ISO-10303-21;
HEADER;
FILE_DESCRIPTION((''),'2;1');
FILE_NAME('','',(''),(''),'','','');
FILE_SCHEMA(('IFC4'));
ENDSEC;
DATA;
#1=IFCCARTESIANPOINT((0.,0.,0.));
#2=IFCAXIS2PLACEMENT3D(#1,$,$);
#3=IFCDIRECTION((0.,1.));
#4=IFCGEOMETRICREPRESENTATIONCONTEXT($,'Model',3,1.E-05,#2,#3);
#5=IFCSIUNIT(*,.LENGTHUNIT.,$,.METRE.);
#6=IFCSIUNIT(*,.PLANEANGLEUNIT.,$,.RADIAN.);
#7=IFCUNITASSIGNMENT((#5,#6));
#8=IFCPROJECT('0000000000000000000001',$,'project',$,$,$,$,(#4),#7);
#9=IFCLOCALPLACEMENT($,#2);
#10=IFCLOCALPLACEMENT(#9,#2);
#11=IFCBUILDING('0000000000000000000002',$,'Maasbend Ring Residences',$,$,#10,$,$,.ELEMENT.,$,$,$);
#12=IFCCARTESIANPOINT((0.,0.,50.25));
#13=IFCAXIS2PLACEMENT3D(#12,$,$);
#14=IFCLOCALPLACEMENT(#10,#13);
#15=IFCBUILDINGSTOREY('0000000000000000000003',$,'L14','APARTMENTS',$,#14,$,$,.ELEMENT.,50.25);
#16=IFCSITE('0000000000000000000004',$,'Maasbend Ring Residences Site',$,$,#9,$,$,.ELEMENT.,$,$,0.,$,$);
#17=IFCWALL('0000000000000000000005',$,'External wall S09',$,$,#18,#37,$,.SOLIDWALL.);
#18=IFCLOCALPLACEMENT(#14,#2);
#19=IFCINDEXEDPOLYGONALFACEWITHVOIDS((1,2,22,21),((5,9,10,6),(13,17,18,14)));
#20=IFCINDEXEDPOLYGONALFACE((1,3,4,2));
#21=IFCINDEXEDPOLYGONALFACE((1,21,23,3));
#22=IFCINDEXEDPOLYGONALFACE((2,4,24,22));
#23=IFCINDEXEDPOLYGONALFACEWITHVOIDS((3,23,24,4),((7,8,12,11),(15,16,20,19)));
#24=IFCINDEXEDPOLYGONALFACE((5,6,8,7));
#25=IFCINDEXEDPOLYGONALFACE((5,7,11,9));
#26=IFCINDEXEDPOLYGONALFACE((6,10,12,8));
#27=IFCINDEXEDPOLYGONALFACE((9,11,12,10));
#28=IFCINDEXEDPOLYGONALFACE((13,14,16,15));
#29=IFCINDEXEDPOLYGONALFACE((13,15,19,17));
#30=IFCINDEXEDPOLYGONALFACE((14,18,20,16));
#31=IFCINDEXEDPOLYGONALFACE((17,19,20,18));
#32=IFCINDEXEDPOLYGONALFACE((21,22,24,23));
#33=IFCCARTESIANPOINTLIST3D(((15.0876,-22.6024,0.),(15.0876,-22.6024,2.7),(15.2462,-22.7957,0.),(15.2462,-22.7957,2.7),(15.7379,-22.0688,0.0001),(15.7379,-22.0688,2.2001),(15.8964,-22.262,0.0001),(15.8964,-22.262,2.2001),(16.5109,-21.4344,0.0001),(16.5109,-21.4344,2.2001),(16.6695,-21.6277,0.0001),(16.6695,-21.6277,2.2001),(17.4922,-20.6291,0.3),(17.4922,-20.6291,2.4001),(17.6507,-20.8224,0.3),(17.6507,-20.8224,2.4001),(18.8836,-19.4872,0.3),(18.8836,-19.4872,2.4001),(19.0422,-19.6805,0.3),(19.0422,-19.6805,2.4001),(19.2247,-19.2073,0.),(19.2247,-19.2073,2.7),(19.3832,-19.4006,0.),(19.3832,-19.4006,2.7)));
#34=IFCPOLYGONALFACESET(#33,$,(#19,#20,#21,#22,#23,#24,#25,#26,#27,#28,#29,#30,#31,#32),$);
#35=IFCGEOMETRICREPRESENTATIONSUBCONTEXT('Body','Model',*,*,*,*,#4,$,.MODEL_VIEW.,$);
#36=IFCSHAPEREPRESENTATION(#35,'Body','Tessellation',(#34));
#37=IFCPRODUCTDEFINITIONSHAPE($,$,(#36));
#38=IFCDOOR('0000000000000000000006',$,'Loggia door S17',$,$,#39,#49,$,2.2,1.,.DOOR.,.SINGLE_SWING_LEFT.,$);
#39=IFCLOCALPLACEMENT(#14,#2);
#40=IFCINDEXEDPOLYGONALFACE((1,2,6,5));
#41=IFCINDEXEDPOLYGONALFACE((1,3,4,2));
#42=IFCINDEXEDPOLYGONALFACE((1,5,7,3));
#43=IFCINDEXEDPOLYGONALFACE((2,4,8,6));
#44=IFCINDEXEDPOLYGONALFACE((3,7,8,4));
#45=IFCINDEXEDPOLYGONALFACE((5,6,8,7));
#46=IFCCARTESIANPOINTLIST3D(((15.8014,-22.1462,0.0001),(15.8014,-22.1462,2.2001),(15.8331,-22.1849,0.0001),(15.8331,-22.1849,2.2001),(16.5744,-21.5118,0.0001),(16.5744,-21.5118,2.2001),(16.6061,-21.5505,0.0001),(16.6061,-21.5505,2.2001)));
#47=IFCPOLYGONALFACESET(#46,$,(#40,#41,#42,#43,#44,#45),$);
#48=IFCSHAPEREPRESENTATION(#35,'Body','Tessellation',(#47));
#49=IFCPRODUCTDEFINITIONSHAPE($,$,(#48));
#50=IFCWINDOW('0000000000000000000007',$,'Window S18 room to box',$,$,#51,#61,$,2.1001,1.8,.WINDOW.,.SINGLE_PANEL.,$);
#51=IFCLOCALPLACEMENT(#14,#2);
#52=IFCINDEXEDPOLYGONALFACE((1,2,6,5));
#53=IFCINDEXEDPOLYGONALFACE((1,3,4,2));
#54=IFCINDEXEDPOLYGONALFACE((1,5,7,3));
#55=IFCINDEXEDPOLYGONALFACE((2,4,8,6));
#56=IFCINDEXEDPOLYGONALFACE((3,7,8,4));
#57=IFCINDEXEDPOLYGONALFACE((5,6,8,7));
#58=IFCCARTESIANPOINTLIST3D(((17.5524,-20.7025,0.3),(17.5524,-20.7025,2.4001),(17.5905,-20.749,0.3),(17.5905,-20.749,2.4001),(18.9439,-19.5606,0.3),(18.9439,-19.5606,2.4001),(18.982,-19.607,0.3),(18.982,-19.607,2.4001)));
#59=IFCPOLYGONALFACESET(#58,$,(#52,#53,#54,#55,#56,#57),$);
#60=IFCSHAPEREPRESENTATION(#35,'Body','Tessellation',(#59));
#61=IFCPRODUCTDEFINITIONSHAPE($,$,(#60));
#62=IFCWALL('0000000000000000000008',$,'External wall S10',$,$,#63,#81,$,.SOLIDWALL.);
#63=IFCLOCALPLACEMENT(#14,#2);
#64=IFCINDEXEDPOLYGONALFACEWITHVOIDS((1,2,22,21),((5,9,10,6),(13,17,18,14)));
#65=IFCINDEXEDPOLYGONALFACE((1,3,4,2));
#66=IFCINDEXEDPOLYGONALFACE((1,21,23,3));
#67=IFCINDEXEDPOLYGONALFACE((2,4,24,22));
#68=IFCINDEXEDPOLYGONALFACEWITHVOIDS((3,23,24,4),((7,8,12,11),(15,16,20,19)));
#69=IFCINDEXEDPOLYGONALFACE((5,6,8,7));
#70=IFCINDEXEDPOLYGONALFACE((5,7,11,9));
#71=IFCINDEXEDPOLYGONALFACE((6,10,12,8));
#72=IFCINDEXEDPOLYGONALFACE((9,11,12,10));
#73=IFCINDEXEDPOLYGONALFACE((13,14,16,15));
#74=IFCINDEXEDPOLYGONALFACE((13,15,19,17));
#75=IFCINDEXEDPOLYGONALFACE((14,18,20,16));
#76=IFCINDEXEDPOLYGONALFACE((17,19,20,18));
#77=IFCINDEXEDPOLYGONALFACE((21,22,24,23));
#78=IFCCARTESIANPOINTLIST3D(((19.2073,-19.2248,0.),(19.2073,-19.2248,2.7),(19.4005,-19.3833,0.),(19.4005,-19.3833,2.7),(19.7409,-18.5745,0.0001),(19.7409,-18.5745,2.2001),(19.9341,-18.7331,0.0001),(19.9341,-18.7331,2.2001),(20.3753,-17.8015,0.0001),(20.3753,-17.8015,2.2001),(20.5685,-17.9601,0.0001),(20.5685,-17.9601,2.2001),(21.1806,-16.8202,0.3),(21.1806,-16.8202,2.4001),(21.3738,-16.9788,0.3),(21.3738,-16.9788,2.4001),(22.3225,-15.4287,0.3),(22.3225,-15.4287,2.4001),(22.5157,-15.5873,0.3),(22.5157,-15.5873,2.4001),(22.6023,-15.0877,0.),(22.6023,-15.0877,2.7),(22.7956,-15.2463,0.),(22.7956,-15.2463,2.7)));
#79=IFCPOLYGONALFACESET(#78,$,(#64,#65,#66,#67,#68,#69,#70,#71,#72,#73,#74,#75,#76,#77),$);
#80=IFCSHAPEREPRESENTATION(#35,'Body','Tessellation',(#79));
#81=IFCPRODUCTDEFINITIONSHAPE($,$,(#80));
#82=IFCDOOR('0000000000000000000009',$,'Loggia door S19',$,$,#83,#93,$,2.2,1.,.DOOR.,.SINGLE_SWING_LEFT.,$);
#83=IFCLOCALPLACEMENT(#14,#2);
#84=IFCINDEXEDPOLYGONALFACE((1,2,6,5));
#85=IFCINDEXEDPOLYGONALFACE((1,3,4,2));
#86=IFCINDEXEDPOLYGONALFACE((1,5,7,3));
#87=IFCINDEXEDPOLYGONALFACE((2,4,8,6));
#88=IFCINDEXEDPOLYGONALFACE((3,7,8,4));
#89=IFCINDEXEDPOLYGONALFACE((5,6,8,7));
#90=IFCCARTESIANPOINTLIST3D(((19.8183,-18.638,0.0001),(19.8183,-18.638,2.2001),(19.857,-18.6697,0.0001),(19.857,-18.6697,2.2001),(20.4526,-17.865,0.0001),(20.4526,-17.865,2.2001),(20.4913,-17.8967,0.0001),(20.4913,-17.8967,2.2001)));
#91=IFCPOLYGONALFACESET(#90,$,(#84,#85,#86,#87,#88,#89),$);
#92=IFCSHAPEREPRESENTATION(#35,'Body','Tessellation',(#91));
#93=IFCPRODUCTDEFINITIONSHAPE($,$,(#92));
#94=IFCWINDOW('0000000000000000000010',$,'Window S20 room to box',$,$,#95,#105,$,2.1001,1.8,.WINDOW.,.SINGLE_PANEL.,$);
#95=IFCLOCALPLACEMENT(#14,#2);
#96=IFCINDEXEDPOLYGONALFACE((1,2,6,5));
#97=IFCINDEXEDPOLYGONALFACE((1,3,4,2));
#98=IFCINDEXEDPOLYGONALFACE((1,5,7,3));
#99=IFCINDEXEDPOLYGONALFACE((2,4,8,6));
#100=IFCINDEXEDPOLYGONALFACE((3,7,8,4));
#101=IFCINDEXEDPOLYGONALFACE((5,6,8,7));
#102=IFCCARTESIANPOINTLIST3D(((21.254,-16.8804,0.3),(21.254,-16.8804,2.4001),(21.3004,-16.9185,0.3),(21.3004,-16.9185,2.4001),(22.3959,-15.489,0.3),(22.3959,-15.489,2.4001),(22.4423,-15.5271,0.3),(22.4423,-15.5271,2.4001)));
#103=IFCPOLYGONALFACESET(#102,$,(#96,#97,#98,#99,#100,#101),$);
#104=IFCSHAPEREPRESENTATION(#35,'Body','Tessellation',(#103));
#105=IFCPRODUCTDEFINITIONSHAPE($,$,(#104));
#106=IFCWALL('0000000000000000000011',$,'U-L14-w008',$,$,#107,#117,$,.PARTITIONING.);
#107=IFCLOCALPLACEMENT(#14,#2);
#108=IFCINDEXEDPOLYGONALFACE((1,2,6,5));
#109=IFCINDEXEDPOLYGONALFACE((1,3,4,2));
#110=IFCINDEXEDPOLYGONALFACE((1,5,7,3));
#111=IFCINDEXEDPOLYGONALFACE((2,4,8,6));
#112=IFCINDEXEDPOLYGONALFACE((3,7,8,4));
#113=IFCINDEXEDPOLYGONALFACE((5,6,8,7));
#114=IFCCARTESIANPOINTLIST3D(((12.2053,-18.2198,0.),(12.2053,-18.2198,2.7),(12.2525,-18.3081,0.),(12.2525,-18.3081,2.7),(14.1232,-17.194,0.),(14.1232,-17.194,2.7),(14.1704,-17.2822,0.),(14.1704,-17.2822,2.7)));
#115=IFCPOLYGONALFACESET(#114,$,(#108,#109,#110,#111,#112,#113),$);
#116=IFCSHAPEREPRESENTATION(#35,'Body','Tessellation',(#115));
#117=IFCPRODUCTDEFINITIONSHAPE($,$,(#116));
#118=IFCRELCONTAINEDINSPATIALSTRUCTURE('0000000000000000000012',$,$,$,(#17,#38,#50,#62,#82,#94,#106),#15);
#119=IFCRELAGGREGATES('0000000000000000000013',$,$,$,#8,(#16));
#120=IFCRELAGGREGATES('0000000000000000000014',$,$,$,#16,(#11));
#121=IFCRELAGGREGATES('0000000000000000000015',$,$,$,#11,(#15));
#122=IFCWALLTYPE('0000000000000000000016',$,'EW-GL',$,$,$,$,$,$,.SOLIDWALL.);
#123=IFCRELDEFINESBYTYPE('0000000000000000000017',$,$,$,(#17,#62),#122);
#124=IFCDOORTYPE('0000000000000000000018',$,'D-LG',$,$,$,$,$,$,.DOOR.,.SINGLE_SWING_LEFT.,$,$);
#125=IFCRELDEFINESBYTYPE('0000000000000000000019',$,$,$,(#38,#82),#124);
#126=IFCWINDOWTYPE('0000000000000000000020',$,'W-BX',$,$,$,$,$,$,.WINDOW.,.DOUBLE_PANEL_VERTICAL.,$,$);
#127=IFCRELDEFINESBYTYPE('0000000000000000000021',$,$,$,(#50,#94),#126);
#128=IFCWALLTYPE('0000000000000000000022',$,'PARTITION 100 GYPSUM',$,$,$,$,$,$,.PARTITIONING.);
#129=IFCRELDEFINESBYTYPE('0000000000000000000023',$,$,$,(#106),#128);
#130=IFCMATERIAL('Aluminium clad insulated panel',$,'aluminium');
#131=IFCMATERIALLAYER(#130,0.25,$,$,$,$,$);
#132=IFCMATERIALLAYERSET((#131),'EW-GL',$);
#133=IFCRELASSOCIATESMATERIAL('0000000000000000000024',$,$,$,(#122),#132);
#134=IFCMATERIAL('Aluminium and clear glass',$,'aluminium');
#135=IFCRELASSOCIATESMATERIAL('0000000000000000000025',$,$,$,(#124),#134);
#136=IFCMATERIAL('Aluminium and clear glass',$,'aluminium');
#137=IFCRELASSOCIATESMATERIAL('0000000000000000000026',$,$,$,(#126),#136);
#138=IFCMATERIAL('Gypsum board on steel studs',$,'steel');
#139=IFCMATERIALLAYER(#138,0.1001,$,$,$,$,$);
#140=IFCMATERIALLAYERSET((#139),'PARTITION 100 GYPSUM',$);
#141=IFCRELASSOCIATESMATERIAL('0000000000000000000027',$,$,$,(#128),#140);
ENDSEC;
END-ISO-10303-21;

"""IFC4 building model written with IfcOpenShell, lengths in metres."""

from ifc_helpers import new_model, si_unit, direction, frame, frame_2d, origin, place, context, subcontext, project, spatial, rectangle, extrude, material, layer, layer_set, type_object, element, fill, save


model = new_model("IFC4")

# Units and contexts
model_context = context("Model", 3, precision=1e-05, world=origin(), true_north=direction((0.0, 1.0)))
body_context = subcontext(model_context, "Body", "Model", "MODEL_VIEW")
ifc_project = project(units=[si_unit("LENGTHUNIT", "METRE"), si_unit("PLANEANGLEUNIT", "RADIAN")], contexts=[model_context])

# Site, building, storey
site_placement = place(None, origin())
site = spatial("IfcSite", under=ifc_project, at=site_placement, Name="Maasbend Ring Residences Site", CompositionType="ELEMENT", RefElevation=0.0)
building_placement = place(site_placement, origin())
building = spatial("IfcBuilding", under=site, at=building_placement, Name="Maasbend Ring Residences", CompositionType="ELEMENT")
storey_placement = place(building_placement, frame((0.0, 0.0, 50.25)))
storey = spatial("IfcBuildingStorey", under=building, at=storey_placement, Name="L14", Description="APARTMENTS", CompositionType="ELEMENT", Elevation=50.25)

# Walls, openings, doors, windows
ifc_material_1 = material(Name="Aluminium clad insulated panel", Category="aluminium")
ifc_layer_1 = layer(ifc_material_1, 0.25)
ifc_layer_set_1 = layer_set([ifc_layer_1], Name="EW-GL")
wall_type_1 = type_object("IfcWallType", Name="EW-GL", PredefinedType="SOLIDWALL", material=ifc_layer_set_1)
wall_1_placement = place(storey_placement, frame((15.167, -22.699, 0.0), z_axis=(0.0, 0.0, 1.0), x_axis=(0.773019, 0.634382, 0.0)))
wall_1 = element("IfcWall", 1, at=wall_1_placement, inside=storey, type_object=wall_type_1, Name="External wall S09", PredefinedType="SOLIDWALL", context=body_context, shape_type="SweptSolid", body=[
    extrude(rectangle(XDim=5.3518, YDim=0.25, at=frame_2d((2.6758, 0.0))), origin(), (0.0, 0.0, 1.0), 2.7),
])
opening_1_placement = place(wall_1_placement, frame((0.8411, 0.0, 0.0)))
opening_1 = element("IfcOpeningElement", 2, at=opening_1_placement, cuts=wall_1, PredefinedType="OPENING", context=body_context, shape_type="SweptSolid", body=[
    extrude(rectangle(XDim=1.0, YDim=2.2, at=frame_2d((0.5, 1.1001))), frame((0.0, 0.135, 0.0), z_axis=(0.0, -1.0, 0.0), x_axis=(1.0, 0.0, 0.0)), (0.0, 0.0, 1.0), 0.27),
])
opening_2_placement = place(wall_1_placement, frame((3.1106, 0.0, 0.3)))
opening_2 = element("IfcOpeningElement", 3, at=opening_2_placement, cuts=wall_1, PredefinedType="OPENING", context=body_context, shape_type="SweptSolid", body=[
    extrude(rectangle(XDim=1.8, YDim=2.1001, at=frame_2d((0.8999, 1.05))), frame((0.0, 0.135, 0.0), z_axis=(0.0, -1.0, 0.0), x_axis=(1.0, 0.0, 0.0)), (0.0, 0.0, 1.0), 0.27),
])
ifc_material_2 = material(Name="Aluminium and clear glass", Category="aluminium")
door_type = type_object("IfcDoorType", Name="D-LG", OperationType="SINGLE_SWING_LEFT", PredefinedType="DOOR", material=ifc_material_2)
door_1_placement = place(opening_1_placement, origin())
door_1 = element("IfcDoor", 4, at=door_1_placement, inside=storey, type_object=door_type, Name="Loggia door S17", OperationType="SINGLE_SWING_LEFT", OverallHeight=2.2, OverallWidth=1.0, PredefinedType="DOOR", context=body_context, shape_type="SweptSolid", body=[
    extrude(rectangle(XDim=1.0, YDim=2.2, at=frame_2d((0.5, 1.1001))), frame((0.0, 0.0249, 0.0), z_axis=(0.0, -1.0, 0.0), x_axis=(1.0, 0.0, 0.0)), (0.0, 0.0, 1.0), 0.05),
])
fill(opening_1, door_1)
ifc_material_3 = material(Name="Aluminium and clear glass", Category="aluminium")
window_type_1 = type_object("IfcWindowType", Name="W-BX", PartitioningType="DOUBLE_PANEL_VERTICAL", PredefinedType="WINDOW", material=ifc_material_3)
window_1_placement = place(opening_2_placement, origin())
window_1 = element("IfcWindow", 5, at=window_1_placement, inside=storey, type_object=window_type_1, Name="Window S18 room to box", OverallHeight=2.1001, OverallWidth=1.8, PartitioningType="SINGLE_PANEL", PredefinedType="WINDOW", context=body_context, shape_type="SweptSolid", body=[
    extrude(rectangle(XDim=1.8, YDim=2.1001, at=frame_2d((0.8999, 1.05))), frame((0.0, 0.03, 0.0), z_axis=(0.0, -1.0, 0.0), x_axis=(1.0, 0.0, 0.0)), (0.0, 0.0, 1.0), 0.0601),
])
fill(opening_2, window_1)
wall_2_placement = place(storey_placement, frame((19.304, -19.304, 0.0), z_axis=(0.0, 0.0, 1.0), x_axis=(0.634382, 0.773019, 0.0)))
wall_2 = element("IfcWall", 6, at=wall_2_placement, inside=storey, type_object=wall_type_1, Name="External wall S10", PredefinedType="SOLIDWALL", context=body_context, shape_type="SweptSolid", body=[
    extrude(rectangle(XDim=5.3518, YDim=0.25, at=frame_2d((2.6758, 0.0))), origin(), (0.0, 0.0, 1.0), 2.7),
])
opening_3_placement = place(wall_2_placement, frame((0.8411, 0.0, 0.0)))
opening_3 = element("IfcOpeningElement", 7, at=opening_3_placement, cuts=wall_2, PredefinedType="OPENING", context=body_context, shape_type="SweptSolid", body=[
    extrude(rectangle(XDim=1.0, YDim=2.2, at=frame_2d((0.5, 1.1001))), frame((0.0, 0.135, 0.0), z_axis=(0.0, -1.0, 0.0), x_axis=(1.0, 0.0, 0.0)), (0.0, 0.0, 1.0), 0.27),
])
opening_4_placement = place(wall_2_placement, frame((3.1106, 0.0, 0.3)))
opening_4 = element("IfcOpeningElement", 8, at=opening_4_placement, cuts=wall_2, PredefinedType="OPENING", context=body_context, shape_type="SweptSolid", body=[
    extrude(rectangle(XDim=1.8, YDim=2.1001, at=frame_2d((0.8999, 1.05))), frame((0.0, 0.135, 0.0), z_axis=(0.0, -1.0, 0.0), x_axis=(1.0, 0.0, 0.0)), (0.0, 0.0, 1.0), 0.27),
])
door_2_placement = place(opening_3_placement, origin())
door_2 = element("IfcDoor", 9, at=door_2_placement, inside=storey, type_object=door_type, Name="Loggia door S19", OperationType="SINGLE_SWING_LEFT", OverallHeight=2.2, OverallWidth=1.0, PredefinedType="DOOR", context=body_context, shape_type="SweptSolid", body=[
    extrude(rectangle(XDim=1.0, YDim=2.2, at=frame_2d((0.5, 1.1001))), frame((0.0, 0.0249, 0.0), z_axis=(0.0, -1.0, 0.0), x_axis=(1.0, 0.0, 0.0)), (0.0, 0.0, 1.0), 0.05),
])
fill(opening_3, door_2)
window_2_placement = place(opening_4_placement, origin())
window_2 = element("IfcWindow", 10, at=window_2_placement, inside=storey, type_object=window_type_1, Name="Window S20 room to box", OverallHeight=2.1001, OverallWidth=1.8, PartitioningType="SINGLE_PANEL", PredefinedType="WINDOW", context=body_context, shape_type="SweptSolid", body=[
    extrude(rectangle(XDim=1.8, YDim=2.1001, at=frame_2d((0.8999, 1.05))), frame((0.0, 0.03, 0.0), z_axis=(0.0, -1.0, 0.0), x_axis=(1.0, 0.0, 0.0)), (0.0, 0.0, 1.0), 0.0601),
])
fill(opening_4, window_2)

# Wall
ifc_material_4 = material(Name="Gypsum board on steel studs", Category="steel")
ifc_layer_2 = layer(ifc_material_4, 0.1001)
ifc_layer_set_2 = layer_set([ifc_layer_2], Name="PARTITION 100 GYPSUM")
wall_type_2 = type_object("IfcWallType", Name="PARTITION 100 GYPSUM", PredefinedType="PARTITIONING", material=ifc_layer_set_2)
wall_3_placement = place(storey_placement, frame((12.229, -18.2639, 0.0), z_axis=(0.0, 0.0, 1.0), x_axis=(0.881787, 0.471648, 0.0)))
element("IfcWall", 11, at=wall_3_placement, inside=storey, type_object=wall_type_2, Name="U-L14-w008", PredefinedType="PARTITIONING", context=body_context, shape_type="SweptSolid", body=[
    extrude(rectangle(XDim=2.175, YDim=0.1001, at=frame_2d((1.0874, 0.0))), origin(), (0.0, 0.0, 1.0), 2.7),
])

save(model, "model.ifc")
